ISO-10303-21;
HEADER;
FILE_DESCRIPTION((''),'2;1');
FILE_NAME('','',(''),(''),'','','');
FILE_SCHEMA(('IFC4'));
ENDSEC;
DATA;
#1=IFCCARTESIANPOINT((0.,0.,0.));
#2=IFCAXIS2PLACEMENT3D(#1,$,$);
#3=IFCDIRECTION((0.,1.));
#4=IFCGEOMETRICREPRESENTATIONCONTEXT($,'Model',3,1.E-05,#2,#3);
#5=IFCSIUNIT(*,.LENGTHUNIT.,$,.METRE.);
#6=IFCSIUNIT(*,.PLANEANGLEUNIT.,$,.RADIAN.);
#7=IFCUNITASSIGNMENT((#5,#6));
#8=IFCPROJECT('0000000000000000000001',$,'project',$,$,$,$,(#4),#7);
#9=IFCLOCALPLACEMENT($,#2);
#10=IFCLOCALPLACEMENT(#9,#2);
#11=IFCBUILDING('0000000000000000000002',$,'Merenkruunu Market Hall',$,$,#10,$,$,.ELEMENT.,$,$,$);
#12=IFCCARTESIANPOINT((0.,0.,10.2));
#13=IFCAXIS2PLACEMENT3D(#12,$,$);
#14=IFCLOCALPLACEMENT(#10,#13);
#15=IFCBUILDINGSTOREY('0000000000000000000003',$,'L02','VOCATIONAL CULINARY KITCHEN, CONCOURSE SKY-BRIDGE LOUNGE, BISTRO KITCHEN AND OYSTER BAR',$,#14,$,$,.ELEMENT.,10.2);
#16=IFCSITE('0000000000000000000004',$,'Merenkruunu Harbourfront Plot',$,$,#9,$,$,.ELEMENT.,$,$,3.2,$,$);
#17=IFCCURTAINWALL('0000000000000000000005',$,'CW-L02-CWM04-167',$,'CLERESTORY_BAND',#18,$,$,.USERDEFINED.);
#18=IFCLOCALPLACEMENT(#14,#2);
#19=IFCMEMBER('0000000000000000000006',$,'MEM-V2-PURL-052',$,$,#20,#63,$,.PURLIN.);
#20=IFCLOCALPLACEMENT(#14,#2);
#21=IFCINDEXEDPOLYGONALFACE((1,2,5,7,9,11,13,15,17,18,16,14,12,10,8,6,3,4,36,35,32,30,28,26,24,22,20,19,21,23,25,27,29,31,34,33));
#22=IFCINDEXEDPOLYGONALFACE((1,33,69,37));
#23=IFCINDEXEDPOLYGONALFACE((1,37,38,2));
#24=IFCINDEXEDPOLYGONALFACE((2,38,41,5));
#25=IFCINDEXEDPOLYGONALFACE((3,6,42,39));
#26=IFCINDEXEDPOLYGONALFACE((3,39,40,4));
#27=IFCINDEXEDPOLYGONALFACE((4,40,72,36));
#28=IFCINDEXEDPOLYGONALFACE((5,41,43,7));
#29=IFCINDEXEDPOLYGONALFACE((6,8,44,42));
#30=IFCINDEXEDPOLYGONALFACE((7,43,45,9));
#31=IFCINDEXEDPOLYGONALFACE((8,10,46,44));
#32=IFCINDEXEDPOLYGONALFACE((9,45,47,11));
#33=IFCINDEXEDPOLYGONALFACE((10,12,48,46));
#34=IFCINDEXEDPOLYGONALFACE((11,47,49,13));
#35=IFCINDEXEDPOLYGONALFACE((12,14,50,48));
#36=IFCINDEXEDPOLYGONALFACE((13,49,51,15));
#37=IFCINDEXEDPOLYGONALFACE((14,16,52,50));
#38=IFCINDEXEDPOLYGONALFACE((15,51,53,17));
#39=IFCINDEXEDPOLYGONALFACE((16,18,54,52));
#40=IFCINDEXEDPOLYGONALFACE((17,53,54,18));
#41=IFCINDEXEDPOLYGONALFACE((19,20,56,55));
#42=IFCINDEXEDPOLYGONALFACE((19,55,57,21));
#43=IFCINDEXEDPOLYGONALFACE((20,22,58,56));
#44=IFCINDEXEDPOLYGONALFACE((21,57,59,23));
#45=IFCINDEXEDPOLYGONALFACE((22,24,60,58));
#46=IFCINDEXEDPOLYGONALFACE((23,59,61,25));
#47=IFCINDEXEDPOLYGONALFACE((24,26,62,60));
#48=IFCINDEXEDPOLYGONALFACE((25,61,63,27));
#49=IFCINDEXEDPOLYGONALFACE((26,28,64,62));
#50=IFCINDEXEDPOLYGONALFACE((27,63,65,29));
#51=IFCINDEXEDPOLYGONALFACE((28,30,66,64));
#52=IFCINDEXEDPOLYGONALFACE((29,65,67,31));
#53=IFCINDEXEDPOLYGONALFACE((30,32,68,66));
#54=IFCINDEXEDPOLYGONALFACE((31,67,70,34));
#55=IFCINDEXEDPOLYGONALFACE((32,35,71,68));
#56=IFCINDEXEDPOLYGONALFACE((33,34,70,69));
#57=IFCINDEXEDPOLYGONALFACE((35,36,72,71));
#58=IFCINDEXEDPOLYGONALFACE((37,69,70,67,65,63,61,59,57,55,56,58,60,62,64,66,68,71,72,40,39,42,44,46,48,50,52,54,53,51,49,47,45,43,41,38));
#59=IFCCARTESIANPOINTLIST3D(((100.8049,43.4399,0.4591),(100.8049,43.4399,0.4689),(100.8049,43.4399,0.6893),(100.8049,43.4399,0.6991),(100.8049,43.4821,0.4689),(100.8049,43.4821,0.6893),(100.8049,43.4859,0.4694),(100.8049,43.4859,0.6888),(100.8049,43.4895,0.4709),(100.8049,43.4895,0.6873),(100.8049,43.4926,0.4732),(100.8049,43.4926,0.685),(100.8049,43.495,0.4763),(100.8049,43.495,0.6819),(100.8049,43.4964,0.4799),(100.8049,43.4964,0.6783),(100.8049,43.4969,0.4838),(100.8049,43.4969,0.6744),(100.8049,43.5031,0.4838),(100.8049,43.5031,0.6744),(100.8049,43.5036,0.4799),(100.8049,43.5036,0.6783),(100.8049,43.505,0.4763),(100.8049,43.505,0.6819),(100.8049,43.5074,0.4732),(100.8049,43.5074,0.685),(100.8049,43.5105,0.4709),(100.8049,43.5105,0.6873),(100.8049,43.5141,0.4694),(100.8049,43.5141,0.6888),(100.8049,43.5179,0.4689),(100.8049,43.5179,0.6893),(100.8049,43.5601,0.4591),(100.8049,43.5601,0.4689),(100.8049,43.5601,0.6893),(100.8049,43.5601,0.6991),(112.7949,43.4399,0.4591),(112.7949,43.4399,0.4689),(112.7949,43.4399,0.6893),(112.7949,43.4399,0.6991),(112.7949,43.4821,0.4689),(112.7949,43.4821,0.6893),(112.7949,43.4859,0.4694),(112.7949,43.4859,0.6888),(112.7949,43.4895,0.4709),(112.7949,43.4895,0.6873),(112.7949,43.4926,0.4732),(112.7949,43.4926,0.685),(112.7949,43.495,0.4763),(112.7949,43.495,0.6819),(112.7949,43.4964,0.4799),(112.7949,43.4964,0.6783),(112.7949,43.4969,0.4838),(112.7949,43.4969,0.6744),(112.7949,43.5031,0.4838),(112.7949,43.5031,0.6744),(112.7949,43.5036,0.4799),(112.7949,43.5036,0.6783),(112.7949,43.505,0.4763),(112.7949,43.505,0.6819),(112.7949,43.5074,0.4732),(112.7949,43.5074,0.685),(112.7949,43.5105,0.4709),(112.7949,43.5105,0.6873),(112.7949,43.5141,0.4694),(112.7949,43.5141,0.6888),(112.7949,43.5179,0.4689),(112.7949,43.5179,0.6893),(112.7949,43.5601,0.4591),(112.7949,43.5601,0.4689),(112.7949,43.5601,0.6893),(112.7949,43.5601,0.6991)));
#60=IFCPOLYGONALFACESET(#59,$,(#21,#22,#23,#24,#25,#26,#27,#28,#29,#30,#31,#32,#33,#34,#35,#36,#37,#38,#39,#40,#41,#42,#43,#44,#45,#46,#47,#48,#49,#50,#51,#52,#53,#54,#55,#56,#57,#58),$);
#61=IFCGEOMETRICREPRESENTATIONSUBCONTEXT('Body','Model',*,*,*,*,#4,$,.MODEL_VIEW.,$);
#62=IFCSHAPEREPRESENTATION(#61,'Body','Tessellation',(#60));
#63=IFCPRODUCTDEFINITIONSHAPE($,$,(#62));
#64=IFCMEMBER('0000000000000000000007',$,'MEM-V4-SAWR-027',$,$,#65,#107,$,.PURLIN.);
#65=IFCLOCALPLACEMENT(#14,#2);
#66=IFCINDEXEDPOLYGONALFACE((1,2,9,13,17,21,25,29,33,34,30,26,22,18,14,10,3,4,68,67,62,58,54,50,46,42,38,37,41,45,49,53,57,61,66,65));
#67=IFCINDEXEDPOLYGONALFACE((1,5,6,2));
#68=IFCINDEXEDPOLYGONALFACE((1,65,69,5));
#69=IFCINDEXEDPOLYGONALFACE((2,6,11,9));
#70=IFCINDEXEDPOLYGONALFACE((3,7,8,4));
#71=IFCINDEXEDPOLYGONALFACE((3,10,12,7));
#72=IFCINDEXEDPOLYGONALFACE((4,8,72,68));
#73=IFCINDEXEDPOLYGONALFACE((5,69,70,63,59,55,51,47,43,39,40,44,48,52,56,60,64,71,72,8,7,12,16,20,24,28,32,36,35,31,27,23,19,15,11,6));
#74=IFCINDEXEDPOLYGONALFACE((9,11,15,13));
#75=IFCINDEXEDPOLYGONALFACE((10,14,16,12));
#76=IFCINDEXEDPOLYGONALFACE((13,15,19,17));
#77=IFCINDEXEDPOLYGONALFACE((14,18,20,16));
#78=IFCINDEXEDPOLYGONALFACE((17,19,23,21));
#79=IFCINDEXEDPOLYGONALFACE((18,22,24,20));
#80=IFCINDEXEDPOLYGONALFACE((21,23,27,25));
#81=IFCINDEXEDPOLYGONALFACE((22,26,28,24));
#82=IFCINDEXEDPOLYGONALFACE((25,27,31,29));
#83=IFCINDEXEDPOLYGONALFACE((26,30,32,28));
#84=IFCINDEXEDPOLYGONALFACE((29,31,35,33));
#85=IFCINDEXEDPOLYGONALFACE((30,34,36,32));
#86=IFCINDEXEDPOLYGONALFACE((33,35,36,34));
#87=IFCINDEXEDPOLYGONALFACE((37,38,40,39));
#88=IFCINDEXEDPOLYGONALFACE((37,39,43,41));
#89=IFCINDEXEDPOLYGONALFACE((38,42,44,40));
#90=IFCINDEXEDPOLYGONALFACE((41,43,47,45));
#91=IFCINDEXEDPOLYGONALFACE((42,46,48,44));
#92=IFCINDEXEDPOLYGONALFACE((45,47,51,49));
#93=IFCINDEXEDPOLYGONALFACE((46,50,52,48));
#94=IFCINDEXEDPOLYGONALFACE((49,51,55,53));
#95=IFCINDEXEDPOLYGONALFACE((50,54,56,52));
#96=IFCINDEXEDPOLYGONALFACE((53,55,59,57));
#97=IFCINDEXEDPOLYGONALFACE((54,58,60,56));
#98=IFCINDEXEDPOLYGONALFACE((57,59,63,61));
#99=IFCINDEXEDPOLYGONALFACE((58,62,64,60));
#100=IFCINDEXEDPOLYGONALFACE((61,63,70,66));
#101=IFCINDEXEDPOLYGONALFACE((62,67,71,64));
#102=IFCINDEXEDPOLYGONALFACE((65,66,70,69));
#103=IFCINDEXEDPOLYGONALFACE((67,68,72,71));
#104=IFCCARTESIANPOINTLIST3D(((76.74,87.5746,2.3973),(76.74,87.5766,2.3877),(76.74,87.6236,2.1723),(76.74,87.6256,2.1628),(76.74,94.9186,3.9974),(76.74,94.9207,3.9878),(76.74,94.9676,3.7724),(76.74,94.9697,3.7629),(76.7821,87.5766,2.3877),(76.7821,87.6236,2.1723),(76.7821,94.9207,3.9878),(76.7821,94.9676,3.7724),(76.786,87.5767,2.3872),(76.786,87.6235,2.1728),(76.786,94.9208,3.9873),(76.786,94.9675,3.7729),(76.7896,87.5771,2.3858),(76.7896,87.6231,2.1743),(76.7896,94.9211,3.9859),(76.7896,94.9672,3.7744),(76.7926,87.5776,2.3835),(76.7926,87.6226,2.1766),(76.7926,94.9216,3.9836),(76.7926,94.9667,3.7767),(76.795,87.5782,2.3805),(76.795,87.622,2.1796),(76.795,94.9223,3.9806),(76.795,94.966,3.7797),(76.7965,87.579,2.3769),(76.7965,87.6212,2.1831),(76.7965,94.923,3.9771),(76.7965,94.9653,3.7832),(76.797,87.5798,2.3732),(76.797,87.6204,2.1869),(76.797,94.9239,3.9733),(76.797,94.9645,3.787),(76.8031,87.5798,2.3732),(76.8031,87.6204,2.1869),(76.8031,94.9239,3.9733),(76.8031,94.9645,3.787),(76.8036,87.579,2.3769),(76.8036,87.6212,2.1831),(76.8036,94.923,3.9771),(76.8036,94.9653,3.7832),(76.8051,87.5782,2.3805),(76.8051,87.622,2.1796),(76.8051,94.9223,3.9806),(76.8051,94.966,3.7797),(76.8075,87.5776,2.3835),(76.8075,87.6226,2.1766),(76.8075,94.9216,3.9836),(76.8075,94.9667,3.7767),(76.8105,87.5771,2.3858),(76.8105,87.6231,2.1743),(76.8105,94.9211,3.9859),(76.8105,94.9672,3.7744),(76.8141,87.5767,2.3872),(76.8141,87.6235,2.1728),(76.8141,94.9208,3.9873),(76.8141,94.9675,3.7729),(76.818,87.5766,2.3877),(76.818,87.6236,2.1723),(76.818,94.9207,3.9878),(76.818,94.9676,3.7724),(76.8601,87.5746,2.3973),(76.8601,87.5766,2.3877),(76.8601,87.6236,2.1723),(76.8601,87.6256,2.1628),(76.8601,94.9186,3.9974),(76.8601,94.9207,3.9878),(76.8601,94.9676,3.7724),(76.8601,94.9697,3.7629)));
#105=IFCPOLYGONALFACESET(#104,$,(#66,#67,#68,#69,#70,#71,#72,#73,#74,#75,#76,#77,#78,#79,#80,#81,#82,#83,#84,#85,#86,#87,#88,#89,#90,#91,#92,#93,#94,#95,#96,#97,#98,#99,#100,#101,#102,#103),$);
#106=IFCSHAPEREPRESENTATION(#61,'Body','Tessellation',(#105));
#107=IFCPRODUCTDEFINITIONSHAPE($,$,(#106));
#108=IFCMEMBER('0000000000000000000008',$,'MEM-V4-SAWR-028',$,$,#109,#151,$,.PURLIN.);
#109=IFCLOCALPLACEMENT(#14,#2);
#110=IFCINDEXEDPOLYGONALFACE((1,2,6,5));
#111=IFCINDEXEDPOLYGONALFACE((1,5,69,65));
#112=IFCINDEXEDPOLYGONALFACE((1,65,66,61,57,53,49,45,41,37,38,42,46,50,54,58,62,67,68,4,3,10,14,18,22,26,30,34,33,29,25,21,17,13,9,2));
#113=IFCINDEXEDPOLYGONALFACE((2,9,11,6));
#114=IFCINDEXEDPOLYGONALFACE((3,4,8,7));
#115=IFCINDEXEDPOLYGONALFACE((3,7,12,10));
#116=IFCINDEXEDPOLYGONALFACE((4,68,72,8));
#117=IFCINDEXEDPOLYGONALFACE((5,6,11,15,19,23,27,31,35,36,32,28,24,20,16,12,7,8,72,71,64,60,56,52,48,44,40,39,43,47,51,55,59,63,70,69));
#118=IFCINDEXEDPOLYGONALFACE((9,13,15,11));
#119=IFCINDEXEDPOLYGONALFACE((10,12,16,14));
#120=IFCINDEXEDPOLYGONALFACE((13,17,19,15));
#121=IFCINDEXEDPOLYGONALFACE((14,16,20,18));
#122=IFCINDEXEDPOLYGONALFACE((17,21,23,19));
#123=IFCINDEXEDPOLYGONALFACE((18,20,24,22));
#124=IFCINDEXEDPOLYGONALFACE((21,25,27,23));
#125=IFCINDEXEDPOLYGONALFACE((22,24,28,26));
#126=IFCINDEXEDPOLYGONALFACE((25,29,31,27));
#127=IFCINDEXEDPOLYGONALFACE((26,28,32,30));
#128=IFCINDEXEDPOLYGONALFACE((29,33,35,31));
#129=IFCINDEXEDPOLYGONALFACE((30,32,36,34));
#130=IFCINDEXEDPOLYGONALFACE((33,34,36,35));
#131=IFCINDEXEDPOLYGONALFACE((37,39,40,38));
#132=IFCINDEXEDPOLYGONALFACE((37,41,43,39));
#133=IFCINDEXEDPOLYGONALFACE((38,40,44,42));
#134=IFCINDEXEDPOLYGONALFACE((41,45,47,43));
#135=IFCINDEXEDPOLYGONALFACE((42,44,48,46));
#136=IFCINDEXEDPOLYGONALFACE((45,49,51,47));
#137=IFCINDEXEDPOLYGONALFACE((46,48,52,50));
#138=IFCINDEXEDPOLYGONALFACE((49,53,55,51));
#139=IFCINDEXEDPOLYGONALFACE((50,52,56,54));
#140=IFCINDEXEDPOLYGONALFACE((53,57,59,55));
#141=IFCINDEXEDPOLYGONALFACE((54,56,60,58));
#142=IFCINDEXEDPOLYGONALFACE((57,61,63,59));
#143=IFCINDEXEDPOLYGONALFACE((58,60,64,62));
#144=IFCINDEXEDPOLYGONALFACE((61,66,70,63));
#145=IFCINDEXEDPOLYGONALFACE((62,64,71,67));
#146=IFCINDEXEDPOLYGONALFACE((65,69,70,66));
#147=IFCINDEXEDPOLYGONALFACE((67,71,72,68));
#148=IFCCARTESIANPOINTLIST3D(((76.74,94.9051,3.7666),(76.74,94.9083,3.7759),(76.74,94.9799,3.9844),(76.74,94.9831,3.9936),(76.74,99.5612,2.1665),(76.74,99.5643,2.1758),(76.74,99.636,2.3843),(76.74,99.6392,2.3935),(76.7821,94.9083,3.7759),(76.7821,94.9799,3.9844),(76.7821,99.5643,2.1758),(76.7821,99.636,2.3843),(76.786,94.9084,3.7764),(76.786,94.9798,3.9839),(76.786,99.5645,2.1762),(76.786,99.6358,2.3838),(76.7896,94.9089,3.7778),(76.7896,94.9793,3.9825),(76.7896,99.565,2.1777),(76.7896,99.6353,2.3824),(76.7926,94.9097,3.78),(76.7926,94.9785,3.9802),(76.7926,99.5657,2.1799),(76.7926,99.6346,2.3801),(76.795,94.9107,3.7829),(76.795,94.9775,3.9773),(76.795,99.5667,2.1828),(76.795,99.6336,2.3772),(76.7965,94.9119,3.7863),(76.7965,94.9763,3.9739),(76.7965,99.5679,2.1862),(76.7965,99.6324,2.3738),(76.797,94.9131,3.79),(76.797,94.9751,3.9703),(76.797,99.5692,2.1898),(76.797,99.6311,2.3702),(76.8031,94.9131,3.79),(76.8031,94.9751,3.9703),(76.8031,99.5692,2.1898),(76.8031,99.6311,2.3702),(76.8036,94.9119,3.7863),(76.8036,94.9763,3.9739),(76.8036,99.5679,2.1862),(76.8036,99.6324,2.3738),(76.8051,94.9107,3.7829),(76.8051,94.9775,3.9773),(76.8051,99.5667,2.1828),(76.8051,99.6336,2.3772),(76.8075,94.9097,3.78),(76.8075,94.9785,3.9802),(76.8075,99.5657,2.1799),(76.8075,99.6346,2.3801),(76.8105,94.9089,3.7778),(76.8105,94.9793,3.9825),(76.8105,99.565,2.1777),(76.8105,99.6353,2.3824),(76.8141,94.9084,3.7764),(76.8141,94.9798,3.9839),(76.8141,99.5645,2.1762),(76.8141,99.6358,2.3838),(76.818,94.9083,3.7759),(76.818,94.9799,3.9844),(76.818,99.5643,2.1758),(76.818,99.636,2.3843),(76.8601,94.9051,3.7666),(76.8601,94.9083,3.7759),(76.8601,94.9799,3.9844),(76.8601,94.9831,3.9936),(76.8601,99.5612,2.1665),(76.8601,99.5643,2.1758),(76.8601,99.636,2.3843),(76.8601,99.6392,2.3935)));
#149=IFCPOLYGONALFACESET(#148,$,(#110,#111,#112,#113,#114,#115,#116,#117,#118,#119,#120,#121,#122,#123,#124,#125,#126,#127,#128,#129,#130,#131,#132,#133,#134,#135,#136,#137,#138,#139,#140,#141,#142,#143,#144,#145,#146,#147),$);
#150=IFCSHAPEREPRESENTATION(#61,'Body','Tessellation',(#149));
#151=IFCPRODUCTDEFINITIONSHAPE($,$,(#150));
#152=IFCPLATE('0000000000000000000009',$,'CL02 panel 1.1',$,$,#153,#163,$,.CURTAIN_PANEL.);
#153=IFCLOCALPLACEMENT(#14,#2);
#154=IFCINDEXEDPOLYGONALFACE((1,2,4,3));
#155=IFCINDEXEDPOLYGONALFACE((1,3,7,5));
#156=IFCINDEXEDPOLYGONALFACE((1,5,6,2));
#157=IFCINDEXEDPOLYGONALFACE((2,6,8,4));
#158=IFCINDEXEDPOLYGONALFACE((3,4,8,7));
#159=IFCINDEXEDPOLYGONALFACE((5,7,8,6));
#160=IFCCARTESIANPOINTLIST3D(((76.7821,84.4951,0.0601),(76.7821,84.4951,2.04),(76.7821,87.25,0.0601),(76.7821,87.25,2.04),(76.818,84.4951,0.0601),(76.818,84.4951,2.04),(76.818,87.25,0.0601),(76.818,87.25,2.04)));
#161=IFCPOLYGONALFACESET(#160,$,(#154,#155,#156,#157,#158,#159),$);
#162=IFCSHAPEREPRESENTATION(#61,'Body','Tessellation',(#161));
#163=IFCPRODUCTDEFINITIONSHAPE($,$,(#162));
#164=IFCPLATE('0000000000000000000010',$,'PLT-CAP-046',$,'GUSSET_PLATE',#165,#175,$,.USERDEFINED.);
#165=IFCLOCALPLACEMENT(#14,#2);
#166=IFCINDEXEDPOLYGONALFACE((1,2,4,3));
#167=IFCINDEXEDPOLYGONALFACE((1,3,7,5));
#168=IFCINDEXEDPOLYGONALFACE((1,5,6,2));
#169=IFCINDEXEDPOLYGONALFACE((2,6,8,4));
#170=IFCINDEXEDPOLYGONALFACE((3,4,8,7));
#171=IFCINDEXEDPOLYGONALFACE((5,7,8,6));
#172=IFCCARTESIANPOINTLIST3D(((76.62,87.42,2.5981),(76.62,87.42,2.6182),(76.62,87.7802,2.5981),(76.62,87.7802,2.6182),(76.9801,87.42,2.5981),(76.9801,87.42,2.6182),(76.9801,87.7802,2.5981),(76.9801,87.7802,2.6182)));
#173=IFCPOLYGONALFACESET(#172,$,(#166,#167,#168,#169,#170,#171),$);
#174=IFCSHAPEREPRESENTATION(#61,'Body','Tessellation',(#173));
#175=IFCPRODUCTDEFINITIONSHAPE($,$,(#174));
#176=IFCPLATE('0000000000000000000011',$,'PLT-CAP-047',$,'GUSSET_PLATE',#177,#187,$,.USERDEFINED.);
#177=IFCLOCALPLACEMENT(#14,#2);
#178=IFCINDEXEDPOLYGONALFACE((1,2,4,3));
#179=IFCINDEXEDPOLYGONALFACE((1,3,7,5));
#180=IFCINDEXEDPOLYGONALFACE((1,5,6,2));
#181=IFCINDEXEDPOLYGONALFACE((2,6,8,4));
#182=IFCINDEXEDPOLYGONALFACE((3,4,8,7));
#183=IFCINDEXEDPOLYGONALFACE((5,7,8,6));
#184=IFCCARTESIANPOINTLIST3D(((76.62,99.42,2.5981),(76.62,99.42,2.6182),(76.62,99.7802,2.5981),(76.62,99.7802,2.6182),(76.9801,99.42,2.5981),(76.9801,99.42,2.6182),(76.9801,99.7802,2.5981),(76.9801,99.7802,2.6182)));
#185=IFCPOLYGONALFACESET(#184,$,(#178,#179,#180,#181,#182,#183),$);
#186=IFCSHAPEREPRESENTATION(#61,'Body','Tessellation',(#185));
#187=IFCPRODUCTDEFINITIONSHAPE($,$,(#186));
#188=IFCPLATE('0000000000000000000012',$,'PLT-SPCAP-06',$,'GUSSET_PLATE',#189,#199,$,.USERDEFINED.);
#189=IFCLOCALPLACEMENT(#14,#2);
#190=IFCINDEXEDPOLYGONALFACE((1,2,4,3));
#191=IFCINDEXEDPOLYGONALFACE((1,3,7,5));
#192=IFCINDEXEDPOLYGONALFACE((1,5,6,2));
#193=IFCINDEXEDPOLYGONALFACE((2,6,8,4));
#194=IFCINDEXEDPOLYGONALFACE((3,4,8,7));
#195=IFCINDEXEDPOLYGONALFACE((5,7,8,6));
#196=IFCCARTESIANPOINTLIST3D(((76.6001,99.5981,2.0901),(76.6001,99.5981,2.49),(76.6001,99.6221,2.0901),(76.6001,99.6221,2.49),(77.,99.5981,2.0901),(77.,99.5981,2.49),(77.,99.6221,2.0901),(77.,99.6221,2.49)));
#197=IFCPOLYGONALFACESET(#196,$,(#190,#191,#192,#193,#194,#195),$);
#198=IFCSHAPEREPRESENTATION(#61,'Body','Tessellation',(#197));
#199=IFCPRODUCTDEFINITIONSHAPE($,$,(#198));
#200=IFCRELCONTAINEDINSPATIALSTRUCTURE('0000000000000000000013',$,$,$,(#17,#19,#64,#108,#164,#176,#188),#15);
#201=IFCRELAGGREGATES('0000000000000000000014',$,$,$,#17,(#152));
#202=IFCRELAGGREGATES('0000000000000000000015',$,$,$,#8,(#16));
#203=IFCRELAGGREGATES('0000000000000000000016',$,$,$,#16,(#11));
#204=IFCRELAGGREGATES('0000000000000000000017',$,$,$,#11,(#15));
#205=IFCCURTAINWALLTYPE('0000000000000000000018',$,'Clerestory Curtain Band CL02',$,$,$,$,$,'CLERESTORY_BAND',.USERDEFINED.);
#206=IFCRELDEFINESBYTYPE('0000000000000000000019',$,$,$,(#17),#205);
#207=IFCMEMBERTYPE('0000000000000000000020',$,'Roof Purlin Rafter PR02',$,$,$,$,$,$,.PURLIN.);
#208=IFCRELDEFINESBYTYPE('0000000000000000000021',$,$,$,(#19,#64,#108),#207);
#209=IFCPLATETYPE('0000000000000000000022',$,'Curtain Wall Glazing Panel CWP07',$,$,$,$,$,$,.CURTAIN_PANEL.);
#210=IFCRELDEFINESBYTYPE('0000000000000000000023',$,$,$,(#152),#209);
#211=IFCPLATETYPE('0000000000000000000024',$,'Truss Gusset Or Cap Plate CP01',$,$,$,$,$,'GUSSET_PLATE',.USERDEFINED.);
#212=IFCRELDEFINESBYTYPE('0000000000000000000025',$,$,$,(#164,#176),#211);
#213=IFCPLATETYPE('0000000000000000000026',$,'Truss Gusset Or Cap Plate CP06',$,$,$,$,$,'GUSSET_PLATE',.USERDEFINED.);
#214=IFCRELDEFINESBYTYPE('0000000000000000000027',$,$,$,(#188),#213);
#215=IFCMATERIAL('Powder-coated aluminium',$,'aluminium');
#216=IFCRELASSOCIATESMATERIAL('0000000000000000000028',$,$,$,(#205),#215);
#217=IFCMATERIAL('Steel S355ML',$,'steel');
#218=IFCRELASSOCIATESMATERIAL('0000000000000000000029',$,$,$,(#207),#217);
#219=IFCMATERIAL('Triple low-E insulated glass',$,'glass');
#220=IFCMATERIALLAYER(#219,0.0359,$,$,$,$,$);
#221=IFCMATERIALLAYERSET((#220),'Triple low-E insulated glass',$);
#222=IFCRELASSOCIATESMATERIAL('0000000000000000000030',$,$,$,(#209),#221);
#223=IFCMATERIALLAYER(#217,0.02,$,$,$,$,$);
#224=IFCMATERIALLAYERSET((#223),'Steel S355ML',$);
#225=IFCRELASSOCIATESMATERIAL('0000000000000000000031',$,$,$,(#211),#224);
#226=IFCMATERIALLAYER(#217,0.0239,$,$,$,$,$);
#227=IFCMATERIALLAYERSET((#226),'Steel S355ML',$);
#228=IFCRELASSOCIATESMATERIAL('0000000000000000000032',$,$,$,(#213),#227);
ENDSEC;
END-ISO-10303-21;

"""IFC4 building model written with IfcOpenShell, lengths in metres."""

from ifc_helpers import new_model, si_unit, direction, frame, origin, origin_2d, place, context, subcontext, project, spatial, rectangle, i_section, extrude, material, layer, layer_set, material_profile, profile_set, type_object, element, aggregate, save


model = new_model("IFC4")

# Units and contexts
model_context = context("Model", 3, precision=1e-05, world=origin(), true_north=direction((0.0, 1.0)))
body_context = subcontext(model_context, "Body", "Model", "MODEL_VIEW")
ifc_project = project(units=[si_unit("LENGTHUNIT", "METRE"), si_unit("PLANEANGLEUNIT", "RADIAN")], contexts=[model_context])

# Site, building, storey
site_placement = place(None, origin())
site = spatial("IfcSite", under=ifc_project, at=site_placement, Name="Merenkruunu Harbourfront Plot", CompositionType="ELEMENT", RefElevation=3.2)
building_placement = place(site_placement, origin())
building = spatial("IfcBuilding", under=site, at=building_placement, Name="Merenkruunu Market Hall", CompositionType="ELEMENT")
storey_placement = place(building_placement, frame((0.0, 0.0, 10.2)))
storey = spatial("IfcBuildingStorey", under=building, at=storey_placement, Name="L02", Description="VOCATIONAL CULINARY KITCHEN, CONCOURSE SKY-BRIDGE LOUNGE, BISTRO KITCHEN AND OYSTER BAR", CompositionType="ELEMENT", Elevation=10.2)

# Shared definitions
ifc_material_1 = material(Name="Steel S355ML", Category="steel")

# Curtain wall
ifc_material_2 = material(Name="Powder-coated aluminium", Category="aluminium")
curtain_wall_type = type_object("IfcCurtainWallType", Name="Clerestory Curtain Band CL02", ElementType="CLERESTORY_BAND", PredefinedType="USERDEFINED", material=ifc_material_2)
curtain_wall_placement = place(storey_placement, origin())
curtain_wall = element("IfcCurtainWall", 1, at=curtain_wall_placement, inside=storey, type_object=curtain_wall_type, Name="CW-L02-CWM04-167", ObjectType="CLERESTORY_BAND", PredefinedType="USERDEFINED")

# Members
ifc_material_profile_1 = material_profile(ifc_material_1, i_section(OverallWidth=0.1201, OverallDepth=0.24, WebThickness=0.0061, FlangeThickness=0.0098, FilletRadius=0.0149, at=origin_2d()), Name="IPE 240")
ifc_profile_set_1 = profile_set([ifc_material_profile_1], Name="Steel S355ML")
member_type_1 = type_object("IfcMemberType", Name="Roof Purlin Rafter PR02", PredefinedType="PURLIN", material=ifc_profile_set_1)
for number, where, z_axis, x_axis, name in (
    (2, (100.8049, 43.5, 0.5791), (1.0, 0.0, 0.0), (0.0, 1.0, 0.0), "MEM-V2-PURL-052"),
):
    element("IfcMember", number, at=place(storey_placement, frame(where, z_axis=z_axis, x_axis=x_axis)), inside=storey, type_object=member_type_1, Name=name, PredefinedType="PURLIN", context=body_context, shape_type="SweptSolid", body=[
        extrude(i_section(OverallWidth=0.1201, OverallDepth=0.24, WebThickness=0.0061, FlangeThickness=0.0098, FilletRadius=0.0149, at=origin_2d()), origin(), (0.0, 0.0, 1.0), 11.99),
    ])
member_1_placement = place(storey_placement, frame((76.8, 87.6001, 2.28), z_axis=(0.0, 0.977077, 0.212884), x_axis=(-1.0, 0.0, 0.0)))
element("IfcMember", 3, at=member_1_placement, inside=storey, type_object=member_type_1, Name="MEM-V4-SAWR-027", PredefinedType="PURLIN", context=body_context, shape_type="SweptSolid", body=[
    extrude(i_section(OverallWidth=0.1201, OverallDepth=0.24, WebThickness=0.0061, FlangeThickness=0.0098, FilletRadius=0.0149, at=origin_2d()), origin(), (0.0, 0.0, 1.0), 7.5164),
])
member_2_placement = place(storey_placement, frame((76.8, 94.9441, 3.8801), z_axis=(0.0, 0.945712, -0.325006), x_axis=(-1.0, 0.0, 0.0)))
element("IfcMember", 4, at=member_2_placement, inside=storey, type_object=member_type_1, Name="MEM-V4-SAWR-028", PredefinedType="PURLIN", context=body_context, shape_type="SweptSolid", body=[
    extrude(i_section(OverallWidth=0.1201, OverallDepth=0.24, WebThickness=0.0061, FlangeThickness=0.0098, FilletRadius=0.0149, at=origin_2d()), origin(), (0.0, 0.0, 1.0), 4.9233),
])

# Plate
ifc_material_3 = material(Name="Triple low-E insulated glass", Category="glass")
ifc_layer_1 = layer(ifc_material_3, 0.0359)
ifc_layer_set_1 = layer_set([ifc_layer_1], Name="Triple low-E insulated glass")
plate_type_1 = type_object("IfcPlateType", Name="Curtain Wall Glazing Panel CWP07", PredefinedType="CURTAIN_PANEL", material=ifc_layer_set_1)
plate_1_placement = place(storey_placement, frame((76.8, 85.8726, 0.0601), z_axis=(0.0, 0.0, 1.0), x_axis=(0.0, -1.0, 0.0)))
plate_1 = element("IfcPlate", 5, at=plate_1_placement, type_object=plate_type_1, Name="CL02 panel 1.1", PredefinedType="CURTAIN_PANEL", context=body_context, shape_type="SweptSolid", body=[
    extrude(rectangle(XDim=2.7549, YDim=0.0359, at=origin_2d()), origin(), (0.0, 0.0, 1.0), 1.98),
])
aggregate(curtain_wall, [plate_1])

# Plates
ifc_layer_2 = layer(ifc_material_1, 0.02)
ifc_layer_set_2 = layer_set([ifc_layer_2], Name="Steel S355ML")
plate_type_2 = type_object("IfcPlateType", Name="Truss Gusset Or Cap Plate CP01", ElementType="GUSSET_PLATE", PredefinedType="USERDEFINED", material=ifc_layer_set_2)
for number, where, z_axis, x_axis, name in (
    (6, (76.8, 87.6001, 2.5981), (0.0, 0.0, 1.0), (1.0, 0.0, 0.0), "PLT-CAP-046"),
    (7, (76.8, 99.6001, 2.5981), (0.0, 0.0, 1.0), (1.0, 0.0, 0.0), "PLT-CAP-047"),
):
    element("IfcPlate", number, at=place(storey_placement, frame(where, z_axis=z_axis, x_axis=x_axis)), inside=storey, type_object=plate_type_2, Name=name, ObjectType="GUSSET_PLATE", PredefinedType="USERDEFINED", context=body_context, shape_type="SweptSolid", body=[
        extrude(rectangle(XDim=0.3601, YDim=0.3601, at=origin_2d()), origin(), (0.0, 0.0, 1.0), 0.02),
    ])
ifc_layer_3 = layer(ifc_material_1, 0.0239)
ifc_layer_set_3 = layer_set([ifc_layer_3], Name="Steel S355ML")
plate_type_3 = type_object("IfcPlateType", Name="Truss Gusset Or Cap Plate CP06", ElementType="GUSSET_PLATE", PredefinedType="USERDEFINED", material=ifc_layer_set_3)
plate_2_placement = place(storey_placement, frame((76.8, 99.6101, 2.0901), z_axis=(0.0, 0.0, 1.0), x_axis=(1.0, 0.0, 0.0)))
element("IfcPlate", 8, at=plate_2_placement, inside=storey, type_object=plate_type_3, Name="PLT-SPCAP-06", ObjectType="GUSSET_PLATE", PredefinedType="USERDEFINED", context=body_context, shape_type="SweptSolid", body=[
    extrude(rectangle(XDim=0.3999, YDim=0.0239, at=origin_2d()), origin(), (0.0, 0.0, 1.0), 0.3999),
])

save(model, "model.ifc")
